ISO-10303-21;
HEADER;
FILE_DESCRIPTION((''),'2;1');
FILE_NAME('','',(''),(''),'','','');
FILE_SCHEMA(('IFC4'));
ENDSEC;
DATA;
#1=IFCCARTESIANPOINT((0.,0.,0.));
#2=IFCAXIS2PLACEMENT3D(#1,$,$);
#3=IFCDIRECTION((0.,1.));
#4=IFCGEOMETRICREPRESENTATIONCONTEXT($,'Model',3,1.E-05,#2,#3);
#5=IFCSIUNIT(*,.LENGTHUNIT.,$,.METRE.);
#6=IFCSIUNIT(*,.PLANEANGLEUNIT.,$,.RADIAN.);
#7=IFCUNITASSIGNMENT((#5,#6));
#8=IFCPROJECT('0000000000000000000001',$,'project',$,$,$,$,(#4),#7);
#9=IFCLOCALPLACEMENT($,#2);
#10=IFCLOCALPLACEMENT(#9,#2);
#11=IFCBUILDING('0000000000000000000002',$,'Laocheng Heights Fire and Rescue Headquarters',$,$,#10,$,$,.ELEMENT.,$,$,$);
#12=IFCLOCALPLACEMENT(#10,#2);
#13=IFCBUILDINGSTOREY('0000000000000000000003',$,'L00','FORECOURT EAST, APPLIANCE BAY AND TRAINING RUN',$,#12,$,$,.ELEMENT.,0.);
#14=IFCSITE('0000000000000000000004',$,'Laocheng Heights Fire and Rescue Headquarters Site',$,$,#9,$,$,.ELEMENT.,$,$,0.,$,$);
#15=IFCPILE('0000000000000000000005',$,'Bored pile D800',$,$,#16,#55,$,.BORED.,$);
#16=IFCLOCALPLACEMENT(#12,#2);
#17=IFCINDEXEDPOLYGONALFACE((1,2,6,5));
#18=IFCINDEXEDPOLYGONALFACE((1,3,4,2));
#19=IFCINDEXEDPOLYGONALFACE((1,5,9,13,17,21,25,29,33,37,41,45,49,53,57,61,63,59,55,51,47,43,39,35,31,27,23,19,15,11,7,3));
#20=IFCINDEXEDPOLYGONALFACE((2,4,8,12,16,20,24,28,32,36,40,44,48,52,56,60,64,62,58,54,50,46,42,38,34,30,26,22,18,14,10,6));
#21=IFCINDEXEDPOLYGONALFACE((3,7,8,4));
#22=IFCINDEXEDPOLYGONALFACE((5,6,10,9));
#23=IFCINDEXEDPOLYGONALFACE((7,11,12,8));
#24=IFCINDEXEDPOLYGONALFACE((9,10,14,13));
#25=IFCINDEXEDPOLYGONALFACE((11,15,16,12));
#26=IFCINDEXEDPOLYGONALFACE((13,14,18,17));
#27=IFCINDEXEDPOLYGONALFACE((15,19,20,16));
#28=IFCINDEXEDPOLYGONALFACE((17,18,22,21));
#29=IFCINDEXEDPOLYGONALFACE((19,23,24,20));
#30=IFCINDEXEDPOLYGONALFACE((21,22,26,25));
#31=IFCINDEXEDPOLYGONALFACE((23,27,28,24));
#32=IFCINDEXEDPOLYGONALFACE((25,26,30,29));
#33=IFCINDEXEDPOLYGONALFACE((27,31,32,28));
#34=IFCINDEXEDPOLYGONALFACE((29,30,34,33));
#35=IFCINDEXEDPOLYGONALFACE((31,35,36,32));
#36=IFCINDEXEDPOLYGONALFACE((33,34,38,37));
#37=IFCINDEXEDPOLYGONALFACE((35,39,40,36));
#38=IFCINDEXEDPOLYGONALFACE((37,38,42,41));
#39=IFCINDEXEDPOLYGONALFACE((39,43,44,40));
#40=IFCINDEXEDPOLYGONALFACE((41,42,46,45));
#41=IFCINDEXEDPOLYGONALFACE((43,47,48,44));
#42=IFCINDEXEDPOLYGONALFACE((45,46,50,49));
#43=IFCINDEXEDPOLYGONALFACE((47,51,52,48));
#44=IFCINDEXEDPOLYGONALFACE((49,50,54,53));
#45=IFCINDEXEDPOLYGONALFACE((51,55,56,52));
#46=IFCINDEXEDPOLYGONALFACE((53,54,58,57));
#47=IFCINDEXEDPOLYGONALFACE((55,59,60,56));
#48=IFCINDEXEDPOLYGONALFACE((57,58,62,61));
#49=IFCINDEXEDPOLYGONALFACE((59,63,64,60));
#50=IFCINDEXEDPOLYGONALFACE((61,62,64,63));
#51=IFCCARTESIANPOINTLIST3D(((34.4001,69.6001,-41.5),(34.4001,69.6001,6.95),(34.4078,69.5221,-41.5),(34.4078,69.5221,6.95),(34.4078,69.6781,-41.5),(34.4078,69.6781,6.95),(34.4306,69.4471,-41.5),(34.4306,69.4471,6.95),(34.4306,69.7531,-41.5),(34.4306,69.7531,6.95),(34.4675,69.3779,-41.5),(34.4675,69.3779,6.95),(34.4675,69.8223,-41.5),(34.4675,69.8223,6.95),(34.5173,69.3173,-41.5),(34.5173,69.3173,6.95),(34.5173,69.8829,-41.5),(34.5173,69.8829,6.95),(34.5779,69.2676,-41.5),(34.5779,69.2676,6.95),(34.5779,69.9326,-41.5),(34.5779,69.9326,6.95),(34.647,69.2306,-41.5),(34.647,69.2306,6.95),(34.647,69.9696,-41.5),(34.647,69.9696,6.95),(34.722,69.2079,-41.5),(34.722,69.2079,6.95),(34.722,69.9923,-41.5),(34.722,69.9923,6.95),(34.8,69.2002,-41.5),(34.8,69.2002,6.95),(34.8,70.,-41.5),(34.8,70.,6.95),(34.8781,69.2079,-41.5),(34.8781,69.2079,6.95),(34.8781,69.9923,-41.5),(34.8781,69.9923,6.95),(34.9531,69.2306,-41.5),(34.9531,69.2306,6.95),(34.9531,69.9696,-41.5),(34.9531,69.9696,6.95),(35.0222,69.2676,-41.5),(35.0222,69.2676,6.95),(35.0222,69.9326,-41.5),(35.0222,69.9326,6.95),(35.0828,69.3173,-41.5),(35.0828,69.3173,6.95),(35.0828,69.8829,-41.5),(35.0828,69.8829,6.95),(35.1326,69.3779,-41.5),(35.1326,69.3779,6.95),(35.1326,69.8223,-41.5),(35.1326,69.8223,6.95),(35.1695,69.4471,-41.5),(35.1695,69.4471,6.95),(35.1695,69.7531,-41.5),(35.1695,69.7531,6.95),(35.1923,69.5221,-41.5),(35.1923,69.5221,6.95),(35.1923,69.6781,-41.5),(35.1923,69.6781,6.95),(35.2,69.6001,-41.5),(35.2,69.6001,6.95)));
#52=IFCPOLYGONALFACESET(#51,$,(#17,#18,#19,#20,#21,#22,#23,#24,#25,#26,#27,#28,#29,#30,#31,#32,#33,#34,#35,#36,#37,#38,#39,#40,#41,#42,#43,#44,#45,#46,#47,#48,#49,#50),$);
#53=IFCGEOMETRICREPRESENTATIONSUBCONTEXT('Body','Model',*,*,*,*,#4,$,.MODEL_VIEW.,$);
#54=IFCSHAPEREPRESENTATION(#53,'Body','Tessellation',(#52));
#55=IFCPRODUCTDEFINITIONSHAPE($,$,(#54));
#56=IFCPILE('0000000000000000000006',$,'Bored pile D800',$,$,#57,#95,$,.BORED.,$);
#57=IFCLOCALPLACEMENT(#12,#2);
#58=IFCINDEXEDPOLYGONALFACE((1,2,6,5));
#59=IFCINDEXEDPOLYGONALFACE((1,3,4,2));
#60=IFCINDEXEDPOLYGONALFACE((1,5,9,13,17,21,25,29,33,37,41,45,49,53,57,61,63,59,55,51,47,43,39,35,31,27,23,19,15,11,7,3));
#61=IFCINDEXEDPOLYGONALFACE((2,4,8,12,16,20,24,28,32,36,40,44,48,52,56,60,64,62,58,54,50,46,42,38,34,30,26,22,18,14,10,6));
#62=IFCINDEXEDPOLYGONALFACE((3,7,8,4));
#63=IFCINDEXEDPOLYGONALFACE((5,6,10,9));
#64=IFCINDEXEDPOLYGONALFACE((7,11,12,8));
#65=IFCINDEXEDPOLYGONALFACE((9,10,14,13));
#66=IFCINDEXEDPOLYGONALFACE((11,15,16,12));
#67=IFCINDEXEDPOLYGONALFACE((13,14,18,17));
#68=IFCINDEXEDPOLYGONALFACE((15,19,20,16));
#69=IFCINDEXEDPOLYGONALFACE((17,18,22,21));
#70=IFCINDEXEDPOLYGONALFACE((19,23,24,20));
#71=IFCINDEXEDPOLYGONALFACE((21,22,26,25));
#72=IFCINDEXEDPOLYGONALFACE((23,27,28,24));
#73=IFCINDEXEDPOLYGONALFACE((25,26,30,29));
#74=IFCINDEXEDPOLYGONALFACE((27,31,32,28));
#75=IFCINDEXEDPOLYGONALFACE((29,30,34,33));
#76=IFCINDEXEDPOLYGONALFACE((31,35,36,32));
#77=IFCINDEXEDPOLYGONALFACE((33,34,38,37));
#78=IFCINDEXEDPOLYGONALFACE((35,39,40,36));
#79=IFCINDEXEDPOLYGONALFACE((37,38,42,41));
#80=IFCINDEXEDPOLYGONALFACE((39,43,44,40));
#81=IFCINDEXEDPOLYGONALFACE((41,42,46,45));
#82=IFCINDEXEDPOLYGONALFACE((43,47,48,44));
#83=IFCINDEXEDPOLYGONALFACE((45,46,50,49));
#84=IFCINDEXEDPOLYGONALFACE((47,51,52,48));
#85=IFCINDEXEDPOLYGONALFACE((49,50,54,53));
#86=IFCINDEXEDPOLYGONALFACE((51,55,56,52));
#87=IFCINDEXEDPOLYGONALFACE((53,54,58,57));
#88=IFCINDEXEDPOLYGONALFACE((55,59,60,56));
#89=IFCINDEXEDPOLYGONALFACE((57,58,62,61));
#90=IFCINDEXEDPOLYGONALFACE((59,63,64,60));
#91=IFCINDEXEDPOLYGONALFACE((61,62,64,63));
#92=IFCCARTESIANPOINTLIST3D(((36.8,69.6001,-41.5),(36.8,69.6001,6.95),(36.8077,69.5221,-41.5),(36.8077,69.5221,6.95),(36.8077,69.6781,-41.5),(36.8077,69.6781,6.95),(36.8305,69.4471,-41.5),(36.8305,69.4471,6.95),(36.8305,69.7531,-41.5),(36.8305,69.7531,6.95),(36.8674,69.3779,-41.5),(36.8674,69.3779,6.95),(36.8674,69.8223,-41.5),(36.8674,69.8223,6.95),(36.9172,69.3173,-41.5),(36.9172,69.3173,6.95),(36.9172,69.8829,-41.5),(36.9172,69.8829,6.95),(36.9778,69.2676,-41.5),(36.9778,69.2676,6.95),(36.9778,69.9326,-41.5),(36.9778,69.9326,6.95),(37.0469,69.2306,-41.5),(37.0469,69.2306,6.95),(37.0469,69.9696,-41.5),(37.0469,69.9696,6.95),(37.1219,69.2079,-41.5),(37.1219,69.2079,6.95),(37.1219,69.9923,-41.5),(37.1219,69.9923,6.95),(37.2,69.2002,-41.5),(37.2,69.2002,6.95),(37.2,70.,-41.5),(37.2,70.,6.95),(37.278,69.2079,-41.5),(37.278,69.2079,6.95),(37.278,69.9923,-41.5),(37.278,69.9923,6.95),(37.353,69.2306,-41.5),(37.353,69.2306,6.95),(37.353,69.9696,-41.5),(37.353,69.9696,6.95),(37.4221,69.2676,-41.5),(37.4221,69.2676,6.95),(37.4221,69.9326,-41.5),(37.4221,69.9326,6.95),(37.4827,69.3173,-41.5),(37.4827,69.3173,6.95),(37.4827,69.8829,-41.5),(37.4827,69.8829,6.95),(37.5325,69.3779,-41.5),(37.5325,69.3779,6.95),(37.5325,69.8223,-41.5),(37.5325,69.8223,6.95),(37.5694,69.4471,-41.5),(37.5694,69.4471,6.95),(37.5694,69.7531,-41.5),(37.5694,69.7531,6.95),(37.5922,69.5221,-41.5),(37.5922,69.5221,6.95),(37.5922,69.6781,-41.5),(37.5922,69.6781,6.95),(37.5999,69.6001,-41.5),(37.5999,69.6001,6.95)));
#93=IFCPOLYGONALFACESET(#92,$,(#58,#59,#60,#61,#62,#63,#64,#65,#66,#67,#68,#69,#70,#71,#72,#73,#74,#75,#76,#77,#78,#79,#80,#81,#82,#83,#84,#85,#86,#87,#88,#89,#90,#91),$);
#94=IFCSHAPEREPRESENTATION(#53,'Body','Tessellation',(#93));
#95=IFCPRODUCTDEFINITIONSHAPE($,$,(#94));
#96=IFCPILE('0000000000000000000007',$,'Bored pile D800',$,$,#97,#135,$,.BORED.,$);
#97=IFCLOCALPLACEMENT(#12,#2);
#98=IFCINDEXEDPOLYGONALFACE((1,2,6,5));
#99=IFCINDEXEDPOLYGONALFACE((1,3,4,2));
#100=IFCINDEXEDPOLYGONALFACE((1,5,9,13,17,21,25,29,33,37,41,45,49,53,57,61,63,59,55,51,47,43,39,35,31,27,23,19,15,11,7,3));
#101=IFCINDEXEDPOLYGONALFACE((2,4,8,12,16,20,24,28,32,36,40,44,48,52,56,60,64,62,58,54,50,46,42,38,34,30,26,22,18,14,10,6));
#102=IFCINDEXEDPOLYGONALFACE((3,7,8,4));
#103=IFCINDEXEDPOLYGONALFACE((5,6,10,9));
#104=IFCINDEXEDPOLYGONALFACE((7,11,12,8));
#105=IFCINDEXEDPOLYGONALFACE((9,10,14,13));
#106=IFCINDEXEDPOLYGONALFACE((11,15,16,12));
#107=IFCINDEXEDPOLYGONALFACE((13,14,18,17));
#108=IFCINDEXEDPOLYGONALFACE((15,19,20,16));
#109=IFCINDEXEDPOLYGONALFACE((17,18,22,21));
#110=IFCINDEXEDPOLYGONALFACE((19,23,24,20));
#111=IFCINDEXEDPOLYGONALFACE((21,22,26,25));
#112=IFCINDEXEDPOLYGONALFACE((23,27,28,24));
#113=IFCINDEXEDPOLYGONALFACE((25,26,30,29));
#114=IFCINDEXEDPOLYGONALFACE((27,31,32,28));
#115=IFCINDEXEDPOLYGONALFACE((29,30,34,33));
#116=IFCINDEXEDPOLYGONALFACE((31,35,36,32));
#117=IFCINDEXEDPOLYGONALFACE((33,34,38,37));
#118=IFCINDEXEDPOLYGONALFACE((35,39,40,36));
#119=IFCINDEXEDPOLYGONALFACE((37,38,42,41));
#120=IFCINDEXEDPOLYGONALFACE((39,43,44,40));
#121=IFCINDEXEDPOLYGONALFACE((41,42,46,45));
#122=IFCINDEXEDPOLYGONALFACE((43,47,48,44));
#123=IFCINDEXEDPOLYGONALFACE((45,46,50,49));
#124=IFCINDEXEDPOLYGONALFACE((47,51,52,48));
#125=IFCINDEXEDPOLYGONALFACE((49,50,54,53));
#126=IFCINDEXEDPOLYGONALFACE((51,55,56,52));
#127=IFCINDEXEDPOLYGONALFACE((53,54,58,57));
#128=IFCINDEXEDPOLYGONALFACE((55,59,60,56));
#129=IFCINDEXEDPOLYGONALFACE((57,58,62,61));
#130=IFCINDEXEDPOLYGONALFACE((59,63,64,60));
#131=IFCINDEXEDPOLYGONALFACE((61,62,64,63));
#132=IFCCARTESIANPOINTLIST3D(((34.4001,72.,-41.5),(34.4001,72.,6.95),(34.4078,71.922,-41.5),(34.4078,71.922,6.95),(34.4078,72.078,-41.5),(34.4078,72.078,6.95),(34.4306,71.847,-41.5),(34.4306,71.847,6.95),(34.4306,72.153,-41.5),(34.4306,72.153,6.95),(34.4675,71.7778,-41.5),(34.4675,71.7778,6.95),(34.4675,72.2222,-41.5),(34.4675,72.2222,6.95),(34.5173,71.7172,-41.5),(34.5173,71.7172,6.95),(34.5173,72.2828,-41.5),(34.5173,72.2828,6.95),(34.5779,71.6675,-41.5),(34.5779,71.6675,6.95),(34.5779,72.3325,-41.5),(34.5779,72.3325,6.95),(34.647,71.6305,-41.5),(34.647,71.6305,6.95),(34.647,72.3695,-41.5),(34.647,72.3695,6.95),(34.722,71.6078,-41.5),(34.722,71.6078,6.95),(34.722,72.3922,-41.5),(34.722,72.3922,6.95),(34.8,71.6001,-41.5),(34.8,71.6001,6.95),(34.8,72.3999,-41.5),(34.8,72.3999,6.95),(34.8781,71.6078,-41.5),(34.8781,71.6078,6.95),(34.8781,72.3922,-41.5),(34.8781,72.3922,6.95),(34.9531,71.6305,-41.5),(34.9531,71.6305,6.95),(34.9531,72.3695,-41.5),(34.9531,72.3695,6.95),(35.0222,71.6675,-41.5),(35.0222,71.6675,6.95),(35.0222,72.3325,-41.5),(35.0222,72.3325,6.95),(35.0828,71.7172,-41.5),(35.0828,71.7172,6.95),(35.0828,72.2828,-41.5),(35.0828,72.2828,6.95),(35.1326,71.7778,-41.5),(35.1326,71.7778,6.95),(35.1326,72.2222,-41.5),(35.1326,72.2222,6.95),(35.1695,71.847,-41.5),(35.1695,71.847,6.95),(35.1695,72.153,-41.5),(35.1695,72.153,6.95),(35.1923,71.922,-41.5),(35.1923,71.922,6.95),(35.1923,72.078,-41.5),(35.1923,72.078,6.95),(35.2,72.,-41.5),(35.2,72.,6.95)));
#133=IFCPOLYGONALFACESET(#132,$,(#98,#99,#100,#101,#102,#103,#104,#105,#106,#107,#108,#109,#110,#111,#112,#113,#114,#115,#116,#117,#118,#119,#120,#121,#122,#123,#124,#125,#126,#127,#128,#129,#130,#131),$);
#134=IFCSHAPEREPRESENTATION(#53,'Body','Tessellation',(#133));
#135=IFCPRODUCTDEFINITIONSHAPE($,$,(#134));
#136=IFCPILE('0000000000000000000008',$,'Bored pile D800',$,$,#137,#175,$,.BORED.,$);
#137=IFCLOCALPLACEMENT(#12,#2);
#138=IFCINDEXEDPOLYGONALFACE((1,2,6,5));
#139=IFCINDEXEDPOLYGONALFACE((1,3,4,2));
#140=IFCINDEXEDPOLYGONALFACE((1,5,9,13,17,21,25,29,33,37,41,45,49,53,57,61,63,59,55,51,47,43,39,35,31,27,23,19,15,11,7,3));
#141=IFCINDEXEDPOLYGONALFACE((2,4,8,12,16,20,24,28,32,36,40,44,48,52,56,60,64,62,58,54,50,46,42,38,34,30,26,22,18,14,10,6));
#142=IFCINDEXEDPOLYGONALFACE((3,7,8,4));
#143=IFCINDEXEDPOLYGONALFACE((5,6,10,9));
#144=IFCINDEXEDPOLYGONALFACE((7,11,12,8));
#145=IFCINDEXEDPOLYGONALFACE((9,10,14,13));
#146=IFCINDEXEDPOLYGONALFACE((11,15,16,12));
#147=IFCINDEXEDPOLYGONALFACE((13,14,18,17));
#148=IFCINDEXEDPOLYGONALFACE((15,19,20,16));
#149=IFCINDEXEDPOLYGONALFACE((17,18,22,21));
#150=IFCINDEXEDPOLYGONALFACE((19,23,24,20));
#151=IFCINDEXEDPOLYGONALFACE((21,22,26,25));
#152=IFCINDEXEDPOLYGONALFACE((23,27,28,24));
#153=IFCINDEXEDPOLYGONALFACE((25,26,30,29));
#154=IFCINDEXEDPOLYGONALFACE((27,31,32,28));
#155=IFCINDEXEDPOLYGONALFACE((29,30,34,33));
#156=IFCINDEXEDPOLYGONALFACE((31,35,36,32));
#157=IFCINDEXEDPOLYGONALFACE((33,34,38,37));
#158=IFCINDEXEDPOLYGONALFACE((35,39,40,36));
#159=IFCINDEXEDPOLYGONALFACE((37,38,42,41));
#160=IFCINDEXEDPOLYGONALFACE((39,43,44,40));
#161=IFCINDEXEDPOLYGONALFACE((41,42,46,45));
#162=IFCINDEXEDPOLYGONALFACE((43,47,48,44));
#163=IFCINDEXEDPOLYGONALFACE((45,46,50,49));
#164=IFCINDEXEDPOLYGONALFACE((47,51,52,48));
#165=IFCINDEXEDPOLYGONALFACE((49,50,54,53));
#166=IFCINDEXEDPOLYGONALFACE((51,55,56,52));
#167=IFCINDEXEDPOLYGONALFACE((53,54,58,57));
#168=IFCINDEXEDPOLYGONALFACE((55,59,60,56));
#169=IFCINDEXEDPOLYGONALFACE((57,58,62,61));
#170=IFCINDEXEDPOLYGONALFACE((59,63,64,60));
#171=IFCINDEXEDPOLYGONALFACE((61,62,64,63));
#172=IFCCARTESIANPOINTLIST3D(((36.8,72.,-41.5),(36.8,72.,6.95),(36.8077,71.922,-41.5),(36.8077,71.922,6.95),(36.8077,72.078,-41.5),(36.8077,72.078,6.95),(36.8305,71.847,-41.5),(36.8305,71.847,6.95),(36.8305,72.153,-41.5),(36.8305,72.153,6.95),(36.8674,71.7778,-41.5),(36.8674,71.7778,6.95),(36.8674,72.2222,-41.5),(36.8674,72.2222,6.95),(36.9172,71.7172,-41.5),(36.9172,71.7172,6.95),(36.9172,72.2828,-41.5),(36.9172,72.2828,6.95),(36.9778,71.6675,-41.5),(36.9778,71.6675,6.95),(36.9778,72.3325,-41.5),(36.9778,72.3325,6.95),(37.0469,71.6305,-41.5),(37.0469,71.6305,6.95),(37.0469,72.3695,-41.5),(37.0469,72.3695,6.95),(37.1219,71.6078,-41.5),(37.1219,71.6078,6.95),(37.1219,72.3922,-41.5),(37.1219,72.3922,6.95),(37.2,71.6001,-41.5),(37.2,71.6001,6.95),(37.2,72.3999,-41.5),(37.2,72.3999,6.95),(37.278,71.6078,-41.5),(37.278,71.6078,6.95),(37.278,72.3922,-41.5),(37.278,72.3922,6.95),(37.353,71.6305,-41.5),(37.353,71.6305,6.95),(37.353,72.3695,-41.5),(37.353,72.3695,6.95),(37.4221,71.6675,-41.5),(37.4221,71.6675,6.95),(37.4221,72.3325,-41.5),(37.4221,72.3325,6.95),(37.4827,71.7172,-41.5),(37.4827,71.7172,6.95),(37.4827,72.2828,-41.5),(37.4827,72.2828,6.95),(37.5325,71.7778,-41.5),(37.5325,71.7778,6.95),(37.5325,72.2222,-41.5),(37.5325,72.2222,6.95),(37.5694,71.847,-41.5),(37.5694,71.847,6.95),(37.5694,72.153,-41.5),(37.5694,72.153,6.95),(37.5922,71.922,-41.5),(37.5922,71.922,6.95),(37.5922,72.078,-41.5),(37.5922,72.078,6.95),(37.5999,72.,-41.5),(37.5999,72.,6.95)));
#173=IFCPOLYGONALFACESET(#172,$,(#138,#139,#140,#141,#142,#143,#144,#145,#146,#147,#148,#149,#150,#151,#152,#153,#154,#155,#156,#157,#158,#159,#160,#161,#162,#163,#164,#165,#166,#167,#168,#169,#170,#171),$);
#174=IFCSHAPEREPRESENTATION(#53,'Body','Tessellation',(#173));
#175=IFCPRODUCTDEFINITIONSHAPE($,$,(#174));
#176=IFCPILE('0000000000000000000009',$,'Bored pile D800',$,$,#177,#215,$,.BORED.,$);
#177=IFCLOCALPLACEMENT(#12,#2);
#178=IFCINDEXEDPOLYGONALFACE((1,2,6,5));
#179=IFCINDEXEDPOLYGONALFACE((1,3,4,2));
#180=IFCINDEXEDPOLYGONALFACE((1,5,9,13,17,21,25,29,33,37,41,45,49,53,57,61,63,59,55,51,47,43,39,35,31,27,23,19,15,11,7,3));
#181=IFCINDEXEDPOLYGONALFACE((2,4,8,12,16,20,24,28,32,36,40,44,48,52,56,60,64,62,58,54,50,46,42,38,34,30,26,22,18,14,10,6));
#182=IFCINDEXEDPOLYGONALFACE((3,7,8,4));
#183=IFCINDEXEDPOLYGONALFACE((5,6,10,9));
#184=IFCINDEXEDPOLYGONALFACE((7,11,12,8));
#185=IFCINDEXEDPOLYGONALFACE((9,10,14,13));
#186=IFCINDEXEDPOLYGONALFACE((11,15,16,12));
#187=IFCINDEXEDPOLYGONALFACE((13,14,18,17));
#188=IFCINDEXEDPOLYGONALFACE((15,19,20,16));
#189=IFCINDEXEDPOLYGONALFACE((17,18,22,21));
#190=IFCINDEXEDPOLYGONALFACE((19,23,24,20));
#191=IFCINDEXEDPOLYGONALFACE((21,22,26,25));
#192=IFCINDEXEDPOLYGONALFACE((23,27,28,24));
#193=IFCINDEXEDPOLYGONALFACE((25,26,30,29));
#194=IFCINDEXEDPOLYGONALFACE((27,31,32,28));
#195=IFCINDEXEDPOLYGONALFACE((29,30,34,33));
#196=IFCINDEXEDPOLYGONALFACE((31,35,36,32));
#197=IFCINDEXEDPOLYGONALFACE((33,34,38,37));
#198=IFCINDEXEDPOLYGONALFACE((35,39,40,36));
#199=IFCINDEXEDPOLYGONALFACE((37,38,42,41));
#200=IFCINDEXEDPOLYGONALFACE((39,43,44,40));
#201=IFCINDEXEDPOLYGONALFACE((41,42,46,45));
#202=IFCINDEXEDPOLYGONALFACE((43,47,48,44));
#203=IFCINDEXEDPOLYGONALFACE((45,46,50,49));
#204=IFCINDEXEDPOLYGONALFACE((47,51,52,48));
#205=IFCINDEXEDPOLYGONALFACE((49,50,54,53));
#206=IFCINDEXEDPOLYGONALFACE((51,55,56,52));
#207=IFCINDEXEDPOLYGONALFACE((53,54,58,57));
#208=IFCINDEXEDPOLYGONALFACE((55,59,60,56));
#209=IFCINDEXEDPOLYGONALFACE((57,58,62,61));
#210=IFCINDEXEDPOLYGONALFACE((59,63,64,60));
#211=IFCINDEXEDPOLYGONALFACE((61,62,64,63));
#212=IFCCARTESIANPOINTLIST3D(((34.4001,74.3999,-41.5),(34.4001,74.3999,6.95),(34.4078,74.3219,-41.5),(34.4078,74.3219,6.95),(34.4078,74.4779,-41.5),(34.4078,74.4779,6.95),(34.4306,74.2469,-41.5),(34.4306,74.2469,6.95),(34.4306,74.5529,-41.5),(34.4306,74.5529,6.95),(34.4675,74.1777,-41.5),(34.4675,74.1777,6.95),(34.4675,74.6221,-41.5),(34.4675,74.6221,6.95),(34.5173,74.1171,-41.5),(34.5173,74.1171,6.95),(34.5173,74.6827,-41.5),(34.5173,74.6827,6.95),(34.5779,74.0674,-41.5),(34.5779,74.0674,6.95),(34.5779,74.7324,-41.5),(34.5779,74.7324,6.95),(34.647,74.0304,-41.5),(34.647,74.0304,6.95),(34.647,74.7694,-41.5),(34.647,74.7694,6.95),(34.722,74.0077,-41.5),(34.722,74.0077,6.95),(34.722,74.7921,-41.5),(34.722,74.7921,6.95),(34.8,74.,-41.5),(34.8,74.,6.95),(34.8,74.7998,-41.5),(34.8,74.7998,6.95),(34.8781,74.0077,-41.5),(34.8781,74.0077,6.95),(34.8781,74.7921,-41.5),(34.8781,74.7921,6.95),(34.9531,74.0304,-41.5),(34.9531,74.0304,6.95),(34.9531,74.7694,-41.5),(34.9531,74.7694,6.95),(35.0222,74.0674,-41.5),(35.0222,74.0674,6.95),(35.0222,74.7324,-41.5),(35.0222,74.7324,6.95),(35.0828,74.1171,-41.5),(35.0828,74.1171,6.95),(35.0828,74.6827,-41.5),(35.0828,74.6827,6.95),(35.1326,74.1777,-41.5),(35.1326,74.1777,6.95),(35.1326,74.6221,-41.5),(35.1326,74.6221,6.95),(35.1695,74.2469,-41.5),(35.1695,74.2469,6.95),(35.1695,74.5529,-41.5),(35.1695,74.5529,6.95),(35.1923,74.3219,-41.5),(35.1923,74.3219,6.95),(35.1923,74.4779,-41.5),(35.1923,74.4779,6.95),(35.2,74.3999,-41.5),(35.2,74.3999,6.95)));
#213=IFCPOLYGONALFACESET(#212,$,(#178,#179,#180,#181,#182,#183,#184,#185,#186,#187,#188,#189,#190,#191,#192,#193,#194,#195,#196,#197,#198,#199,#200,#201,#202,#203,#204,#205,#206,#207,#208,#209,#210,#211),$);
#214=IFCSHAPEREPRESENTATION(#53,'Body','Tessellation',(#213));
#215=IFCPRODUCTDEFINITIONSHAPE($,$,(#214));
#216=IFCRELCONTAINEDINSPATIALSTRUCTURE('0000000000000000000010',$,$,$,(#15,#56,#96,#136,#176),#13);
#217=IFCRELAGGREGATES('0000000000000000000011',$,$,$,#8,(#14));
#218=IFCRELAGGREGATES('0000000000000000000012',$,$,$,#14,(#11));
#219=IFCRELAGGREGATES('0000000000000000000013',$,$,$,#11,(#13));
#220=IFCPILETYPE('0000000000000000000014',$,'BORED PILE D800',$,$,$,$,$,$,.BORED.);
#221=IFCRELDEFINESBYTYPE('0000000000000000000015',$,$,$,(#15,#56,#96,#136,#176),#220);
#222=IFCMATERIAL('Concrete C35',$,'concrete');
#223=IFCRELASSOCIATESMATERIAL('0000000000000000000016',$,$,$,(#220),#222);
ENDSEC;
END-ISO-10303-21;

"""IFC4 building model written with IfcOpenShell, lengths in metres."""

from ifc_helpers import new_model, si_unit, direction, frame, origin, origin_2d, place, context, subcontext, project, spatial, circle, extrude, material, material_profile, profile_set, type_object, element, save


model = new_model("IFC4")

# Units and contexts
model_context = context("Model", 3, precision=1e-05, world=origin(), true_north=direction((0.0, 1.0)))
body_context = subcontext(model_context, "Body", "Model", "MODEL_VIEW")
ifc_project = project(units=[si_unit("LENGTHUNIT", "METRE"), si_unit("PLANEANGLEUNIT", "RADIAN")], contexts=[model_context])

# Site, building, storey
site_placement = place(None, origin())
site = spatial("IfcSite", under=ifc_project, at=site_placement, Name="Laocheng Heights Fire and Rescue Headquarters Site", CompositionType="ELEMENT", RefElevation=0.0)
building_placement = place(site_placement, origin())
building = spatial("IfcBuilding", under=site, at=building_placement, Name="Laocheng Heights Fire and Rescue Headquarters", CompositionType="ELEMENT")
storey_placement = place(building_placement, origin())
storey = spatial("IfcBuildingStorey", under=building, at=storey_placement, Name="L00", Description="FORECOURT EAST, APPLIANCE BAY AND TRAINING RUN", CompositionType="ELEMENT", Elevation=0.0)

# Piles
ifc_material_1 = material(Name="Concrete C35", Category="concrete")
ifc_material_profile_1 = material_profile(ifc_material_1, circle(Radius=0.3999, at=origin_2d()), Name="BORED PILE D800")
ifc_profile_set_1 = profile_set([ifc_material_profile_1], Name="Concrete C35")
pile_type_1 = type_object("IfcPileType", Name="BORED PILE D800", PredefinedType="BORED", material=ifc_profile_set_1)
for number, where, z_axis, x_axis, name in (
    (1, (34.8, 69.6001, 6.95), (0.0, 0.0, -1.0), (1.0, 0.0, 0.0), "Bored pile D800"),
    (2, (37.2, 69.6001, 6.95), (0.0, 0.0, -1.0), (1.0, 0.0, 0.0), "Bored pile D800"),
    (3, (34.8, 72.0, 6.95), (0.0, 0.0, -1.0), (1.0, 0.0, 0.0), "Bored pile D800"),
    (4, (37.2, 72.0, 6.95), (0.0, 0.0, -1.0), (1.0, 0.0, 0.0), "Bored pile D800"),
    (5, (34.8, 74.3999, 6.95), (0.0, 0.0, -1.0), (1.0, 0.0, 0.0), "Bored pile D800"),
):
    element("IfcPile", number, at=place(storey_placement, frame(where, z_axis=z_axis, x_axis=x_axis)), inside=storey, type_object=pile_type_1, Name=name, PredefinedType="BORED", context=body_context, shape_type="SweptSolid", body=[
        extrude(circle(Radius=0.3999, at=origin_2d()), origin(), (0.0, 0.0, 1.0), 48.45),
    ])

save(model, "model.ifc")
